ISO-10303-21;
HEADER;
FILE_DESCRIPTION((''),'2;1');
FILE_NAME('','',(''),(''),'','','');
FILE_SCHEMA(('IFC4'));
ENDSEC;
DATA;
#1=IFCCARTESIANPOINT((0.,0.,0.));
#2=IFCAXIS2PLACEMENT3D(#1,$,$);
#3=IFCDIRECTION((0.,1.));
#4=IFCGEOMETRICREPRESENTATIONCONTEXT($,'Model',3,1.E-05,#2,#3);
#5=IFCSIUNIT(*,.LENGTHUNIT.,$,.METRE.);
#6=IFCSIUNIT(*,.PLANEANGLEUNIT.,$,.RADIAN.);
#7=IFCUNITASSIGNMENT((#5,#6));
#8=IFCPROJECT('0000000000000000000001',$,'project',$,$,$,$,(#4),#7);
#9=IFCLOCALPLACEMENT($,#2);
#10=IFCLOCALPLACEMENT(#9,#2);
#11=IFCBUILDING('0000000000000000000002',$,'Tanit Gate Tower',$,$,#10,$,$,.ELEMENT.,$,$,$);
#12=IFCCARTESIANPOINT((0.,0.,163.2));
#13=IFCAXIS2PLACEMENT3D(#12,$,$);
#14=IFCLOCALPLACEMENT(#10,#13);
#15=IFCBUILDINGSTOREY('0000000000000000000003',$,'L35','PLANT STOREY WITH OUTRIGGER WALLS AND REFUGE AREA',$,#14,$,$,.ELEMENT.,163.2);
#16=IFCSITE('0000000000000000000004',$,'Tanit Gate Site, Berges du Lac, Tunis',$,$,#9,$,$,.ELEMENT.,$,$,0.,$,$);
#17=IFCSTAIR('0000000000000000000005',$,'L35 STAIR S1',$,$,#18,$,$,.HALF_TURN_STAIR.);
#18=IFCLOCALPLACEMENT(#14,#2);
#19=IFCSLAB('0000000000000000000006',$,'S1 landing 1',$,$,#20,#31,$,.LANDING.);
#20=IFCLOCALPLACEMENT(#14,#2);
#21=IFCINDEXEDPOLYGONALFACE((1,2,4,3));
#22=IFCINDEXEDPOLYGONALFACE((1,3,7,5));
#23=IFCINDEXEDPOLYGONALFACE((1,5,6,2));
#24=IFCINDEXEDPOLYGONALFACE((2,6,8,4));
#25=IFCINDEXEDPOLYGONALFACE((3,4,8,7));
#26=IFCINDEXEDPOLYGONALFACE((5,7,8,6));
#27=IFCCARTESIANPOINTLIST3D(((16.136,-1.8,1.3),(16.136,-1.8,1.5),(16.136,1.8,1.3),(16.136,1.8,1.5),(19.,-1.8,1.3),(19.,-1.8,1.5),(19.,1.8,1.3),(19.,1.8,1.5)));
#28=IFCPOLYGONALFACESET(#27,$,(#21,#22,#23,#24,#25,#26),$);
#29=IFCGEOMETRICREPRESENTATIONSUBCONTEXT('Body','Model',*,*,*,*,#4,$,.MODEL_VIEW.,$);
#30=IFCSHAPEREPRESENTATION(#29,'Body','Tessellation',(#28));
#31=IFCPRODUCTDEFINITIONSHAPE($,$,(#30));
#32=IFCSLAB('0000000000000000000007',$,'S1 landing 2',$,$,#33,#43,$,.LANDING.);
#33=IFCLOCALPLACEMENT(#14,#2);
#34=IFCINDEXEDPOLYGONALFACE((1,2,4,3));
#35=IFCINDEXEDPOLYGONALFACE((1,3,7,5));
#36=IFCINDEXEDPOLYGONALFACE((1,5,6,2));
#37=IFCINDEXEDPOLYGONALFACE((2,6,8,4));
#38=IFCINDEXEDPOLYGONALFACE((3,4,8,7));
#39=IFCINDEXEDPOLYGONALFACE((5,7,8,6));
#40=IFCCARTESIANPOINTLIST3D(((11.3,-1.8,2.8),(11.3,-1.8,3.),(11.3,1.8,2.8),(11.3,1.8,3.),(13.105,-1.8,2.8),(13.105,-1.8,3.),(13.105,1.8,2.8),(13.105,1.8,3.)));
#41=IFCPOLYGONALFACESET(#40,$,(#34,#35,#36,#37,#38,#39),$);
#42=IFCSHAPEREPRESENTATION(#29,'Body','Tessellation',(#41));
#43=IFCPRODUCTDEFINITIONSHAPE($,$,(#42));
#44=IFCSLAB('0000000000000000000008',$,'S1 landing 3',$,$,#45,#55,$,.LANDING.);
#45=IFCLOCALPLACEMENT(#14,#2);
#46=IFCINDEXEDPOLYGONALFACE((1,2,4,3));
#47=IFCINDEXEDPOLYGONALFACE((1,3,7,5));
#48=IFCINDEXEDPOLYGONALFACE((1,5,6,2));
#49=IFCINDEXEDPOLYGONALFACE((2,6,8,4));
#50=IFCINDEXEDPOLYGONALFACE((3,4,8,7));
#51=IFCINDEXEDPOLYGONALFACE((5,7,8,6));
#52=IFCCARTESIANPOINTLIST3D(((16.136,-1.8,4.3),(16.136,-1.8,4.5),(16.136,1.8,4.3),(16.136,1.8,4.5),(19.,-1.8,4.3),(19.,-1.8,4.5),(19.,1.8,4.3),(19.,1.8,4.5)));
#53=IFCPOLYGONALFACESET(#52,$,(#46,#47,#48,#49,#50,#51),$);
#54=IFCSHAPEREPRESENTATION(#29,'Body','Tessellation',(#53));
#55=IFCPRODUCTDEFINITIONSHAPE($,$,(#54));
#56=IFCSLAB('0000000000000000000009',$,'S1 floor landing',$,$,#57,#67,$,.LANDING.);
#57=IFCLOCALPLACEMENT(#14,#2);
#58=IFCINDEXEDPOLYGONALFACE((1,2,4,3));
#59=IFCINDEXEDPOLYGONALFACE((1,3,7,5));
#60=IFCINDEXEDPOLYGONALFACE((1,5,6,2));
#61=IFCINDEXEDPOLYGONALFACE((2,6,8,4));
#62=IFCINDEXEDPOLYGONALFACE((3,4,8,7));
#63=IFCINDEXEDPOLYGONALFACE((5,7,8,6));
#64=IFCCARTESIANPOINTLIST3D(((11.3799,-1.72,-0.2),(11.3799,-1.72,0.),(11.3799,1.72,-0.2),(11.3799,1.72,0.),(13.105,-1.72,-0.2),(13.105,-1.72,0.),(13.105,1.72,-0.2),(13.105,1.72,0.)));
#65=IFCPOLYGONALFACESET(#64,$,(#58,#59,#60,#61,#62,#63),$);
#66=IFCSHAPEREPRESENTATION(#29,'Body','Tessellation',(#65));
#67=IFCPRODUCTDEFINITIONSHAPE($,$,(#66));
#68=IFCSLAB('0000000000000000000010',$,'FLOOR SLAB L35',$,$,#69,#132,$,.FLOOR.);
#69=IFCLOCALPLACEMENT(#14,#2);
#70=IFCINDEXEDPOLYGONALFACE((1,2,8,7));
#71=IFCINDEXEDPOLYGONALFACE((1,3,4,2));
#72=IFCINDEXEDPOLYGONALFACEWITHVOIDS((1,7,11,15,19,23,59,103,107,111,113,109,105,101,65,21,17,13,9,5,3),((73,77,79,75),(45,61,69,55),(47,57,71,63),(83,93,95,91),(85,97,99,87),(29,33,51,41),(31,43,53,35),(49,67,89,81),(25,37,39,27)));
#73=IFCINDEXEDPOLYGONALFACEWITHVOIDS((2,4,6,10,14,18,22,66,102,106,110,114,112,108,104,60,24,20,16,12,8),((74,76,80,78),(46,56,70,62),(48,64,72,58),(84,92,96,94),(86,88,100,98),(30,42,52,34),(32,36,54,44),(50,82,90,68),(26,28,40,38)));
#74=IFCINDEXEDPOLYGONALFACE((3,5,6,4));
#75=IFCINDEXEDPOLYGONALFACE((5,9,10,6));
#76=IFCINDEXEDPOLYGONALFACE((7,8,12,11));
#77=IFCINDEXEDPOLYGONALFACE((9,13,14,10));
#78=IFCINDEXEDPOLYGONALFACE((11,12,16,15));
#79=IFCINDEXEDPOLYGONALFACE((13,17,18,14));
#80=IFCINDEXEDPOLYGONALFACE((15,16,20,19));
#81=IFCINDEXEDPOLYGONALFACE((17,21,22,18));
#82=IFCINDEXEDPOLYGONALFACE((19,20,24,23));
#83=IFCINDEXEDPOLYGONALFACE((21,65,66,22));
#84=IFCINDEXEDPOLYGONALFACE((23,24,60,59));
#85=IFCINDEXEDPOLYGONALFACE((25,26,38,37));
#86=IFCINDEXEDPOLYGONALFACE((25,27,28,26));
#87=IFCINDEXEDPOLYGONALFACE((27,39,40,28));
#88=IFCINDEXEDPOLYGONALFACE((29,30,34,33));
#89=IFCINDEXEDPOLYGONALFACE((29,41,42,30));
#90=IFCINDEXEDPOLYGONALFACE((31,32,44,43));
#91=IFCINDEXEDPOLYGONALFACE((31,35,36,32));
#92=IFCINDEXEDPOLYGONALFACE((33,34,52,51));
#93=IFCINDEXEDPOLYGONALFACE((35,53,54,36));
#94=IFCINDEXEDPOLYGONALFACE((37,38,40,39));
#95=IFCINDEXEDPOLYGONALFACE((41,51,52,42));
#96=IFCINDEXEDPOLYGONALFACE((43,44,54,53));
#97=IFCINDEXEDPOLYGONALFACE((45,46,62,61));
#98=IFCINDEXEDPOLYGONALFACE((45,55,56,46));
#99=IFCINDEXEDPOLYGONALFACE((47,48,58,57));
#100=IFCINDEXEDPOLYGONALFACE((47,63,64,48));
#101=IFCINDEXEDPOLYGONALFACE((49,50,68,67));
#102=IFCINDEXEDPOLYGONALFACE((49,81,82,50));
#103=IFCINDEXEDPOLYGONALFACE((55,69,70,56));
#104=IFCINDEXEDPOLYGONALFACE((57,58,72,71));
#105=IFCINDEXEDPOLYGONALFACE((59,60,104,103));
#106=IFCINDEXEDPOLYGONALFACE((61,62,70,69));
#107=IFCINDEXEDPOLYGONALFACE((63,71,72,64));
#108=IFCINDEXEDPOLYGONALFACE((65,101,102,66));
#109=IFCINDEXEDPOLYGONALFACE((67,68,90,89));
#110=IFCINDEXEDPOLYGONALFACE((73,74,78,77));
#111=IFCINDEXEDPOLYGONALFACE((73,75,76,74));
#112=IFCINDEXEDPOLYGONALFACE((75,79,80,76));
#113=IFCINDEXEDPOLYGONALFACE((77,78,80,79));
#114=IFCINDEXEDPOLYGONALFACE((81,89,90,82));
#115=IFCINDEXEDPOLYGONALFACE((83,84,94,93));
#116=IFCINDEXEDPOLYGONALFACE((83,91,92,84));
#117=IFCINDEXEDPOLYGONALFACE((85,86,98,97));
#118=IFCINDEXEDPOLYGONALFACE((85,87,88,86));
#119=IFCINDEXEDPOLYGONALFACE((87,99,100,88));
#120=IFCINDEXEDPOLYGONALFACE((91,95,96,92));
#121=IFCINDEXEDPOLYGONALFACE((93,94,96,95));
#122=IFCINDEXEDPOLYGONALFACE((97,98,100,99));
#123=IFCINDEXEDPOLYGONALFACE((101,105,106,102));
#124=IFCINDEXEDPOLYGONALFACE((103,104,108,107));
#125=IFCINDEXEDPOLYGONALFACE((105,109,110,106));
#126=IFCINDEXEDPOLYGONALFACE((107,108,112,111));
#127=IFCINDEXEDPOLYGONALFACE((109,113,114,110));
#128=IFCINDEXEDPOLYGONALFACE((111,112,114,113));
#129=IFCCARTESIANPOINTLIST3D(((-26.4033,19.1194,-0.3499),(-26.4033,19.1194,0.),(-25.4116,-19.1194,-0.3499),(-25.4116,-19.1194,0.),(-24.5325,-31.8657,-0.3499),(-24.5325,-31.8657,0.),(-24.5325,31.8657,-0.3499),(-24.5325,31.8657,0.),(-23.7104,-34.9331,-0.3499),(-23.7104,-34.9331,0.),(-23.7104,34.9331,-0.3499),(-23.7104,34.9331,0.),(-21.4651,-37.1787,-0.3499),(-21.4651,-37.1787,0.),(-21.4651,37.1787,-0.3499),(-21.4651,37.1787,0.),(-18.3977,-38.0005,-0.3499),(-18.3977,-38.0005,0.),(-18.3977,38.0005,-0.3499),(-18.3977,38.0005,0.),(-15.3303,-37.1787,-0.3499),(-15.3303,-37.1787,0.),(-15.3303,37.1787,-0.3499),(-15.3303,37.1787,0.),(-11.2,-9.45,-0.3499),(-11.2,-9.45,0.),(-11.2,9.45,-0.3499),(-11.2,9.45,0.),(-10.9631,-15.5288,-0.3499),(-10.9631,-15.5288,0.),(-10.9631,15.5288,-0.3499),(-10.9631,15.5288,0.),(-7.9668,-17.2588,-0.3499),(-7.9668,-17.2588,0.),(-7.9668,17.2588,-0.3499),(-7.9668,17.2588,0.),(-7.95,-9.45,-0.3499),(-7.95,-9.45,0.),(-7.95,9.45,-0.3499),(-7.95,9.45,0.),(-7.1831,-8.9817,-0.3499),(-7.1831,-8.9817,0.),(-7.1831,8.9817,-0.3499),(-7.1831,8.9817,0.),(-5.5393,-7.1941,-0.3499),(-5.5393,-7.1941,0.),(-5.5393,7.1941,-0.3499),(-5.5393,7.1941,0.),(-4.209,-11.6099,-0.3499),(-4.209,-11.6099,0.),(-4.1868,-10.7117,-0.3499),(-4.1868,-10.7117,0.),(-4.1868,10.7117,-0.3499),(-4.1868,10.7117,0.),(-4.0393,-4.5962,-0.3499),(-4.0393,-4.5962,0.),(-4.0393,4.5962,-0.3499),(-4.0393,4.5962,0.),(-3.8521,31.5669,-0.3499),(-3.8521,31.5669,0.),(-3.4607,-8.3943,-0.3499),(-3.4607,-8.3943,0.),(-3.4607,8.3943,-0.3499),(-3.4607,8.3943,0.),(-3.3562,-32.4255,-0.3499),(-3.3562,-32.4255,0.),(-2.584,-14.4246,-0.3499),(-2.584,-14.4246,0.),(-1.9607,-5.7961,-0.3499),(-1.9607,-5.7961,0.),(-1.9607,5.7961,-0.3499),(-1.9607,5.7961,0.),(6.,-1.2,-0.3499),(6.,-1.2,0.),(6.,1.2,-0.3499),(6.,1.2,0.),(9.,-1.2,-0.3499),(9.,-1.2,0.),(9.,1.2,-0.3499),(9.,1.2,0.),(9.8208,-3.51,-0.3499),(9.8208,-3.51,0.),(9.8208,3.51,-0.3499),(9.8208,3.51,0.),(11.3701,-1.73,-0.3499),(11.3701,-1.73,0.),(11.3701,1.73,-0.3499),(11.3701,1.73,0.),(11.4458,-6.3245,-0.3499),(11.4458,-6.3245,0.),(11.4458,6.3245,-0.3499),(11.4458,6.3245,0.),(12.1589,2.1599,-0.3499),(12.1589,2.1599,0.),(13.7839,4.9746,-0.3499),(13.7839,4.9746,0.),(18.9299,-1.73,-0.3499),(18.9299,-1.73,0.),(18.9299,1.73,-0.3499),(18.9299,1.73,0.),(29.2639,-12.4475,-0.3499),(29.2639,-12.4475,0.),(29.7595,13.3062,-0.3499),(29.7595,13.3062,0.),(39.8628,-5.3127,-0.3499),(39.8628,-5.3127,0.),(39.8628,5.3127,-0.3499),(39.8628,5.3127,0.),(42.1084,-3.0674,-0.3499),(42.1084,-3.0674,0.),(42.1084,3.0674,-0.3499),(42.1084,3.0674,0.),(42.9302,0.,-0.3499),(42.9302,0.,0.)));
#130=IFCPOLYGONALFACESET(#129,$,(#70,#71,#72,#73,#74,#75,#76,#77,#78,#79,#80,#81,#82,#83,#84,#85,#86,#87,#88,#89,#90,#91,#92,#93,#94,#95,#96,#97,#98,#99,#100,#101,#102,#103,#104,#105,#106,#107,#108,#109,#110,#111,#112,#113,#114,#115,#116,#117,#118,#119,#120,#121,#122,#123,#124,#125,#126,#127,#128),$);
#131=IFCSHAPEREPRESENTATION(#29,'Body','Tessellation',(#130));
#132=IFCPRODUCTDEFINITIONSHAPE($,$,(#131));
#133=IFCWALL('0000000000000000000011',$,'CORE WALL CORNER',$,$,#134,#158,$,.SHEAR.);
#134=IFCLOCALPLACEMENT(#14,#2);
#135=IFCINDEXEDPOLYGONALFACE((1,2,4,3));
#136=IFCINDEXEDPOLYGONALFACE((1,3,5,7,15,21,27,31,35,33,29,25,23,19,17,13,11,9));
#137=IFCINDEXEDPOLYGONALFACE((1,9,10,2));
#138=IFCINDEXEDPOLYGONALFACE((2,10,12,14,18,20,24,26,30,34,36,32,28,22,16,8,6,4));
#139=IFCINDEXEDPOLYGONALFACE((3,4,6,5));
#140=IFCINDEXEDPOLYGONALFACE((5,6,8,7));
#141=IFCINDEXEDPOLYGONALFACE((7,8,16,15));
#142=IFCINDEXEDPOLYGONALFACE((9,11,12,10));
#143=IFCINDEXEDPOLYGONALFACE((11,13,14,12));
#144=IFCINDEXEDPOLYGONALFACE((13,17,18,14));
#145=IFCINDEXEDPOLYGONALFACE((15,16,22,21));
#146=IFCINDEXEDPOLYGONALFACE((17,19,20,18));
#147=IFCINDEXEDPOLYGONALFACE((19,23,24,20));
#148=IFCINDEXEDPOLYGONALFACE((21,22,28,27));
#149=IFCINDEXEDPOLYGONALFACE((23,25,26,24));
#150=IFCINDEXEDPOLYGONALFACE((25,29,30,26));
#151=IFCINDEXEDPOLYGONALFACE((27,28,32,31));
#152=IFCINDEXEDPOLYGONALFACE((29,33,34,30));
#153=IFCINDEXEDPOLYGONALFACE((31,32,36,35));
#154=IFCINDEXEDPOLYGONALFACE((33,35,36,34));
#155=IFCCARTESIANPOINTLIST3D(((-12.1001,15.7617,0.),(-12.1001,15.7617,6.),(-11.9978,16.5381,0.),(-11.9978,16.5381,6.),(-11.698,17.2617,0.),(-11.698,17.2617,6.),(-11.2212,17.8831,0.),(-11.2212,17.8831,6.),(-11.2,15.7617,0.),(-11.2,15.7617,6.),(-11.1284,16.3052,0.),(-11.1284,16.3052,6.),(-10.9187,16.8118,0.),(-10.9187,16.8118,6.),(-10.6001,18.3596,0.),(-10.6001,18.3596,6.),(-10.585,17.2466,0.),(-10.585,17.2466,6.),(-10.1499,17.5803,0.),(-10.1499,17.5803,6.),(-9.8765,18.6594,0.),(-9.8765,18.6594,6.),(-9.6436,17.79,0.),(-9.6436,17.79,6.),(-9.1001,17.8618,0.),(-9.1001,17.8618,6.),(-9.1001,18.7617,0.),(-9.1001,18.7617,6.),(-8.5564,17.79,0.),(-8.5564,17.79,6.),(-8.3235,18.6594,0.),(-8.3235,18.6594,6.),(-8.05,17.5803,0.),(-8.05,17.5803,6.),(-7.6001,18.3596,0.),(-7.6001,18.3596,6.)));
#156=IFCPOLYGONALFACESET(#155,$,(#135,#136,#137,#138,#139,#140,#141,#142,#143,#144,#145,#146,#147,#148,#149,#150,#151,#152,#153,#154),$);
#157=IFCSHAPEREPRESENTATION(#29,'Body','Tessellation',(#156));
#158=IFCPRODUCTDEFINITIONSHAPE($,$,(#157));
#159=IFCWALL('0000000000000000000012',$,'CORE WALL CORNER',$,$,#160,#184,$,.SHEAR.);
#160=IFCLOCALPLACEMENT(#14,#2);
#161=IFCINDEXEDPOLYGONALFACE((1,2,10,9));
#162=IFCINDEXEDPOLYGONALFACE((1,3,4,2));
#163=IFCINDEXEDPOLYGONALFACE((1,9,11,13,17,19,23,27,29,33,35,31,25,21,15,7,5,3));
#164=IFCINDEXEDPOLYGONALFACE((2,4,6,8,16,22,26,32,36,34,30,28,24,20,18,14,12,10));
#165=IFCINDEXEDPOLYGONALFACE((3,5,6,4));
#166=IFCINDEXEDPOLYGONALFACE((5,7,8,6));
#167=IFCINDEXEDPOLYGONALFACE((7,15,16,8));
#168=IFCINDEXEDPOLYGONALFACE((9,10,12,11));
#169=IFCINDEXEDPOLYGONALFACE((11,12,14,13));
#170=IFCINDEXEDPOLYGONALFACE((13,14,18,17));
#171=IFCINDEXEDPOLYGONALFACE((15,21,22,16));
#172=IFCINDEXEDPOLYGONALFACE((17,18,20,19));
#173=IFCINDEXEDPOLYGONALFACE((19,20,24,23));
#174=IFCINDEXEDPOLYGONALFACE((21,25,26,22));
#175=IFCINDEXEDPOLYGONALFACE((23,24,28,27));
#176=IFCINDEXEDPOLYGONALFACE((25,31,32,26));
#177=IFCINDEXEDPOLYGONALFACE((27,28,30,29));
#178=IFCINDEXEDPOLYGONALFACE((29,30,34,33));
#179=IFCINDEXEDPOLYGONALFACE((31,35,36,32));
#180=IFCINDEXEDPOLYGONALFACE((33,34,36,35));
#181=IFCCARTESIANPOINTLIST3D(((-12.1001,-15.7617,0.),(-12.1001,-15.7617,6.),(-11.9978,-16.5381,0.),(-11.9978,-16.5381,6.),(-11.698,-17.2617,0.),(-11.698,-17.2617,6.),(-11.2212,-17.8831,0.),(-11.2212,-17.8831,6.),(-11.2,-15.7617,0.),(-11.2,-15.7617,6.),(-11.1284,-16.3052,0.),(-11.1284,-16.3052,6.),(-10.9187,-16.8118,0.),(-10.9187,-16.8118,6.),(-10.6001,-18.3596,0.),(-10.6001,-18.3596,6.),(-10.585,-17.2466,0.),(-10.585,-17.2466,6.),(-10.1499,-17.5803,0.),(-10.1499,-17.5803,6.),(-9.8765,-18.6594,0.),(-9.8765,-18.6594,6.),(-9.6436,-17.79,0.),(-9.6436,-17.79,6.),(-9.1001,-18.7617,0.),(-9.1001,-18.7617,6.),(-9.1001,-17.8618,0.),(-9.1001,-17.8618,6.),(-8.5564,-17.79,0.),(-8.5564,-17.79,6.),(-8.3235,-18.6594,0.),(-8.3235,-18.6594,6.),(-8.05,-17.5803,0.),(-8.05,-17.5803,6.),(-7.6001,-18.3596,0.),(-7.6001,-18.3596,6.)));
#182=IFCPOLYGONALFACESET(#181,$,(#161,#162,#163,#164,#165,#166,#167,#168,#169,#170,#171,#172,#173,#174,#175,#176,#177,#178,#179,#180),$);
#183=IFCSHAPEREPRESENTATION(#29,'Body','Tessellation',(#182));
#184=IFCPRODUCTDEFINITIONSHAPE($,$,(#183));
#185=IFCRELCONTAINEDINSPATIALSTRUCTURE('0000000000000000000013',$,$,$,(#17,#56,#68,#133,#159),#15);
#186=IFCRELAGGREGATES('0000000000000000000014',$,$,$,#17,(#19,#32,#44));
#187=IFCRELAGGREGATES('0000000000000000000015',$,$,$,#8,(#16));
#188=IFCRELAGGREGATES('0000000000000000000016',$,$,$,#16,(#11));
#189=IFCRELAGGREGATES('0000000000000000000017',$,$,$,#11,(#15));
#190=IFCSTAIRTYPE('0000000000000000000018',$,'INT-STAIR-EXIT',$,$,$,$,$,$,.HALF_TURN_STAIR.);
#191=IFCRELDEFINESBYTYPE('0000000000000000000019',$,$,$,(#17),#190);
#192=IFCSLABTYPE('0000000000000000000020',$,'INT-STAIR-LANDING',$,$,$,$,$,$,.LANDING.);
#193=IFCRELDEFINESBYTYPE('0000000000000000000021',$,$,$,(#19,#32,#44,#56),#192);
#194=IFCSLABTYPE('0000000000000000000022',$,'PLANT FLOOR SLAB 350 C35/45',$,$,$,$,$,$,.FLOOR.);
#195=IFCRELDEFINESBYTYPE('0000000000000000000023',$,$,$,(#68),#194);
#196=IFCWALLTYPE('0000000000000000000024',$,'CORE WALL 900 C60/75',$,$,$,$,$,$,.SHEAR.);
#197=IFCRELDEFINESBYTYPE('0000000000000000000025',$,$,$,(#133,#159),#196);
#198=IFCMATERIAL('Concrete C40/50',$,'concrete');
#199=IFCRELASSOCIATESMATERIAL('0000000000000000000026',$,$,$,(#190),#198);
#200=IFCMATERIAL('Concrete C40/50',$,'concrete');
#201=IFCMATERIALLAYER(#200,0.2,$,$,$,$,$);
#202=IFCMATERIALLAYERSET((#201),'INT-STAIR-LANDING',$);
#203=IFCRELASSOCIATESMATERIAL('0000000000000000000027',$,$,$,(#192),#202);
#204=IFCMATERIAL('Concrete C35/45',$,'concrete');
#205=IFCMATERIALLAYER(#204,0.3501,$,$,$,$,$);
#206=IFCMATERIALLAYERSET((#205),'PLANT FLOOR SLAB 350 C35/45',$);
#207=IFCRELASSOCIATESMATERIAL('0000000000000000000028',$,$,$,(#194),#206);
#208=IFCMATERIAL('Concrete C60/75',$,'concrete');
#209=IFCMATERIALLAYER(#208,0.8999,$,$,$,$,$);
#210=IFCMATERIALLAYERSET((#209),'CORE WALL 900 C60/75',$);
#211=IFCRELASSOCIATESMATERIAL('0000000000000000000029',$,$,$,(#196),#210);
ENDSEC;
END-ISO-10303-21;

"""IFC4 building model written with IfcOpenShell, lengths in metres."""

from ifc_helpers import new_model, si_unit, direction, frame, origin, place, context, subcontext, project, spatial, polyline, outline, extrude, material, layer, layer_set, type_object, element, aggregate, save


model = new_model("IFC4")

# Units and contexts
model_context = context("Model", 3, precision=1e-05, world=origin(), true_north=direction((0.0, 1.0)))
body_context = subcontext(model_context, "Body", "Model", "MODEL_VIEW")
ifc_project = project(units=[si_unit("LENGTHUNIT", "METRE"), si_unit("PLANEANGLEUNIT", "RADIAN")], contexts=[model_context])

# Site, building, storey
site_placement = place(None, origin())
site = spatial("IfcSite", under=ifc_project, at=site_placement, Name="Tanit Gate Site, Berges du Lac, Tunis", CompositionType="ELEMENT", RefElevation=0.0)
building_placement = place(site_placement, origin())
building = spatial("IfcBuilding", under=site, at=building_placement, Name="Tanit Gate Tower", CompositionType="ELEMENT")
storey_placement = place(building_placement, frame((0.0, 0.0, 163.2)))
storey = spatial("IfcBuildingStorey", under=building, at=storey_placement, Name="L35", Description="PLANT STOREY WITH OUTRIGGER WALLS AND REFUGE AREA", CompositionType="ELEMENT", Elevation=163.2)

# Stair, slabs
ifc_material_1 = material(Name="Concrete C40/50", Category="concrete")
stair_type = type_object("IfcStairType", Name="INT-STAIR-EXIT", PredefinedType="HALF_TURN_STAIR", material=ifc_material_1)
stair_placement = place(storey_placement, origin())
stair = element("IfcStair", 1, at=stair_placement, inside=storey, type_object=stair_type, Name="L35 STAIR S1", PredefinedType="HALF_TURN_STAIR")
ifc_material_2 = material(Name="Concrete C40/50", Category="concrete")
ifc_layer_1 = layer(ifc_material_2, 0.2)
ifc_layer_set_1 = layer_set([ifc_layer_1], Name="INT-STAIR-LANDING")
slab_type_1 = type_object("IfcSlabType", Name="INT-STAIR-LANDING", PredefinedType="LANDING", material=ifc_layer_set_1)
slab_1_placement = place(storey_placement, frame((0.0, 0.0, 1.3)))
slab_1 = element("IfcSlab", 2, at=slab_1_placement, type_object=slab_type_1, Name="S1 landing 1", PredefinedType="LANDING", context=body_context, shape_type="SweptSolid", body=[
    extrude(outline(polyline([(16.136, -1.8), (19.0, -1.8), (19.0, 1.8), (16.136, 1.8), (16.136, -1.8)])), origin(), (0.0, 0.0, 1.0), 0.2),
])
slab_2_placement = place(storey_placement, frame((0.0, 0.0, 2.8)))
slab_2 = element("IfcSlab", 3, at=slab_2_placement, type_object=slab_type_1, Name="S1 landing 2", PredefinedType="LANDING", context=body_context, shape_type="SweptSolid", body=[
    extrude(outline(polyline([(11.3, -1.8), (13.105, -1.8), (13.105, 1.8), (11.3, 1.8), (11.3, -1.8)])), origin(), (0.0, 0.0, 1.0), 0.2),
])
slab_3_placement = place(storey_placement, frame((0.0, 0.0, 4.3)))
slab_3 = element("IfcSlab", 4, at=slab_3_placement, type_object=slab_type_1, Name="S1 landing 3", PredefinedType="LANDING", context=body_context, shape_type="SweptSolid", body=[
    extrude(outline(polyline([(16.136, -1.8), (19.0, -1.8), (19.0, 1.8), (16.136, 1.8), (16.136, -1.8)])), origin(), (0.0, 0.0, 1.0), 0.2),
])
aggregate(stair, [slab_1, slab_2, slab_3])

# Slabs
slab_4_placement = place(storey_placement, frame((0.0, 0.0, -0.2)))
element("IfcSlab", 5, at=slab_4_placement, inside=storey, type_object=slab_type_1, Name="S1 floor landing", PredefinedType="LANDING", context=body_context, shape_type="SweptSolid", body=[
    extrude(outline(polyline([(11.3799, -1.72), (13.105, -1.72), (13.105, 1.72), (11.3799, 1.72), (11.3799, -1.72)])), origin(), (0.0, 0.0, 1.0), 0.2),
])
ifc_material_3 = material(Name="Concrete C35/45", Category="concrete")
ifc_layer_2 = layer(ifc_material_3, 0.3501)
ifc_layer_set_2 = layer_set([ifc_layer_2], Name="PLANT FLOOR SLAB 350 C35/45")
slab_type_2 = type_object("IfcSlabType", Name="PLANT FLOOR SLAB 350 C35/45", PredefinedType="FLOOR", material=ifc_layer_set_2)
slab_5_placement = place(storey_placement, frame((0.0, 0.0, -0.3499)))
element("IfcSlab", 6, at=slab_5_placement, inside=storey, type_object=slab_type_2, Name="FLOOR SLAB L35", PredefinedType="FLOOR", context=body_context, shape_type="SweptSolid", body=[
    extrude(outline(polyline([(39.8628, 5.3127), (42.1084, 3.0674), (42.9302, 0.0), (42.1084, -3.0674), (39.8628, -5.3127), (29.2639, -12.4475), (-3.3562, -32.4255), (-15.3303, -37.1787), (-18.3977, -38.0005), (-21.4651, -37.1787), (-23.7104, -34.9331), (-24.5325, -31.8657), (-25.4116, -19.1194), (-26.4033, 19.1194), (-24.5325, 31.8657), (-23.7104, 34.9331), (-21.4651, 37.1787), (-18.3977, 38.0005), (-15.3303, 37.1787), (-3.8521, 31.5669), (29.7595, 13.3062), (39.8628, 5.3127)]), holes=[polyline([(11.3701, 1.73), (18.9299, 1.73), (18.9299, -1.73), (11.3701, -1.73), (11.3701, 1.73)]), polyline([(9.8208, 3.51), (11.4458, 6.3245), (13.7839, 4.9746), (12.1589, 2.1599), (9.8208, 3.51)]), polyline([(-4.209, -11.6099), (9.8208, -3.51), (11.4458, -6.3245), (-2.584, -14.4246), (-4.209, -11.6099)]), polyline([(6.0, 1.2), (9.0, 1.2), (9.0, -1.2), (6.0, -1.2), (6.0, 1.2)]), polyline([(-5.5393, 7.1941), (-3.4607, 8.3943), (-1.9607, 5.7961), (-4.0393, 4.5962), (-5.5393, 7.1941)]), polyline([(-1.9607, -5.7961), (-3.4607, -8.3943), (-5.5393, -7.1941), (-4.0393, -4.5962), (-1.9607, -5.7961)]), polyline([(-10.9631, 15.5288), (-7.9668, 17.2588), (-4.1868, 10.7117), (-7.1831, 8.9817), (-10.9631, 15.5288)]), polyline([(-4.1868, -10.7117), (-7.9668, -17.2588), (-10.9631, -15.5288), (-7.1831, -8.9817), (-4.1868, -10.7117)]), polyline([(-11.2, -9.45), (-11.2, 9.45), (-7.95, 9.45), (-7.95, -9.45), (-11.2, -9.45)])]), origin(), (0.0, 0.0, 1.0), 0.3499),
])

# Walls
ifc_material_4 = material(Name="Concrete C60/75", Category="concrete")
ifc_layer_3 = layer(ifc_material_4, 0.8999)
ifc_layer_set_3 = layer_set([ifc_layer_3], Name="CORE WALL 900 C60/75")
wall_type_1 = type_object("IfcWallType", Name="CORE WALL 900 C60/75", PredefinedType="SHEAR", material=ifc_layer_set_3)
wall_1_placement = place(storey_placement, origin())
element("IfcWall", 7, at=wall_1_placement, inside=storey, type_object=wall_type_1, Name="CORE WALL CORNER", PredefinedType="SHEAR", context=body_context, shape_type="SweptSolid", body=[
    extrude(outline(polyline([(-7.6001, 18.3596), (-8.3235, 18.6594), (-9.1001, 18.7617), (-9.8765, 18.6594), (-10.6001, 18.3596), (-11.2212, 17.8831), (-11.698, 17.2617), (-11.9978, 16.5381), (-12.1001, 15.7617), (-11.2, 15.7617), (-11.1284, 16.3052), (-10.9187, 16.8118), (-10.585, 17.2466), (-10.1499, 17.5803), (-9.6436, 17.79), (-9.1001, 17.8618), (-8.5564, 17.79), (-8.05, 17.5803), (-7.6001, 18.3596)])), origin(), (0.0, 0.0, 1.0), 6.0),
])
wall_2_placement = place(storey_placement, origin())
element("IfcWall", 8, at=wall_2_placement, inside=storey, type_object=wall_type_1, Name="CORE WALL CORNER", PredefinedType="SHEAR", context=body_context, shape_type="SweptSolid", body=[
    extrude(outline(polyline([(-12.1001, -15.7617), (-11.9978, -16.5381), (-11.698, -17.2617), (-11.2212, -17.8831), (-10.6001, -18.3596), (-9.8765, -18.6594), (-9.1001, -18.7617), (-8.3235, -18.6594), (-7.6001, -18.3596), (-8.05, -17.5803), (-8.5564, -17.79), (-9.1001, -17.8618), (-9.6436, -17.79), (-10.1499, -17.5803), (-10.585, -17.2466), (-10.9187, -16.8118), (-11.1284, -16.3052), (-11.2, -15.7617), (-12.1001, -15.7617)])), origin(), (0.0, 0.0, 1.0), 6.0),
])

save(model, "model.ifc")
